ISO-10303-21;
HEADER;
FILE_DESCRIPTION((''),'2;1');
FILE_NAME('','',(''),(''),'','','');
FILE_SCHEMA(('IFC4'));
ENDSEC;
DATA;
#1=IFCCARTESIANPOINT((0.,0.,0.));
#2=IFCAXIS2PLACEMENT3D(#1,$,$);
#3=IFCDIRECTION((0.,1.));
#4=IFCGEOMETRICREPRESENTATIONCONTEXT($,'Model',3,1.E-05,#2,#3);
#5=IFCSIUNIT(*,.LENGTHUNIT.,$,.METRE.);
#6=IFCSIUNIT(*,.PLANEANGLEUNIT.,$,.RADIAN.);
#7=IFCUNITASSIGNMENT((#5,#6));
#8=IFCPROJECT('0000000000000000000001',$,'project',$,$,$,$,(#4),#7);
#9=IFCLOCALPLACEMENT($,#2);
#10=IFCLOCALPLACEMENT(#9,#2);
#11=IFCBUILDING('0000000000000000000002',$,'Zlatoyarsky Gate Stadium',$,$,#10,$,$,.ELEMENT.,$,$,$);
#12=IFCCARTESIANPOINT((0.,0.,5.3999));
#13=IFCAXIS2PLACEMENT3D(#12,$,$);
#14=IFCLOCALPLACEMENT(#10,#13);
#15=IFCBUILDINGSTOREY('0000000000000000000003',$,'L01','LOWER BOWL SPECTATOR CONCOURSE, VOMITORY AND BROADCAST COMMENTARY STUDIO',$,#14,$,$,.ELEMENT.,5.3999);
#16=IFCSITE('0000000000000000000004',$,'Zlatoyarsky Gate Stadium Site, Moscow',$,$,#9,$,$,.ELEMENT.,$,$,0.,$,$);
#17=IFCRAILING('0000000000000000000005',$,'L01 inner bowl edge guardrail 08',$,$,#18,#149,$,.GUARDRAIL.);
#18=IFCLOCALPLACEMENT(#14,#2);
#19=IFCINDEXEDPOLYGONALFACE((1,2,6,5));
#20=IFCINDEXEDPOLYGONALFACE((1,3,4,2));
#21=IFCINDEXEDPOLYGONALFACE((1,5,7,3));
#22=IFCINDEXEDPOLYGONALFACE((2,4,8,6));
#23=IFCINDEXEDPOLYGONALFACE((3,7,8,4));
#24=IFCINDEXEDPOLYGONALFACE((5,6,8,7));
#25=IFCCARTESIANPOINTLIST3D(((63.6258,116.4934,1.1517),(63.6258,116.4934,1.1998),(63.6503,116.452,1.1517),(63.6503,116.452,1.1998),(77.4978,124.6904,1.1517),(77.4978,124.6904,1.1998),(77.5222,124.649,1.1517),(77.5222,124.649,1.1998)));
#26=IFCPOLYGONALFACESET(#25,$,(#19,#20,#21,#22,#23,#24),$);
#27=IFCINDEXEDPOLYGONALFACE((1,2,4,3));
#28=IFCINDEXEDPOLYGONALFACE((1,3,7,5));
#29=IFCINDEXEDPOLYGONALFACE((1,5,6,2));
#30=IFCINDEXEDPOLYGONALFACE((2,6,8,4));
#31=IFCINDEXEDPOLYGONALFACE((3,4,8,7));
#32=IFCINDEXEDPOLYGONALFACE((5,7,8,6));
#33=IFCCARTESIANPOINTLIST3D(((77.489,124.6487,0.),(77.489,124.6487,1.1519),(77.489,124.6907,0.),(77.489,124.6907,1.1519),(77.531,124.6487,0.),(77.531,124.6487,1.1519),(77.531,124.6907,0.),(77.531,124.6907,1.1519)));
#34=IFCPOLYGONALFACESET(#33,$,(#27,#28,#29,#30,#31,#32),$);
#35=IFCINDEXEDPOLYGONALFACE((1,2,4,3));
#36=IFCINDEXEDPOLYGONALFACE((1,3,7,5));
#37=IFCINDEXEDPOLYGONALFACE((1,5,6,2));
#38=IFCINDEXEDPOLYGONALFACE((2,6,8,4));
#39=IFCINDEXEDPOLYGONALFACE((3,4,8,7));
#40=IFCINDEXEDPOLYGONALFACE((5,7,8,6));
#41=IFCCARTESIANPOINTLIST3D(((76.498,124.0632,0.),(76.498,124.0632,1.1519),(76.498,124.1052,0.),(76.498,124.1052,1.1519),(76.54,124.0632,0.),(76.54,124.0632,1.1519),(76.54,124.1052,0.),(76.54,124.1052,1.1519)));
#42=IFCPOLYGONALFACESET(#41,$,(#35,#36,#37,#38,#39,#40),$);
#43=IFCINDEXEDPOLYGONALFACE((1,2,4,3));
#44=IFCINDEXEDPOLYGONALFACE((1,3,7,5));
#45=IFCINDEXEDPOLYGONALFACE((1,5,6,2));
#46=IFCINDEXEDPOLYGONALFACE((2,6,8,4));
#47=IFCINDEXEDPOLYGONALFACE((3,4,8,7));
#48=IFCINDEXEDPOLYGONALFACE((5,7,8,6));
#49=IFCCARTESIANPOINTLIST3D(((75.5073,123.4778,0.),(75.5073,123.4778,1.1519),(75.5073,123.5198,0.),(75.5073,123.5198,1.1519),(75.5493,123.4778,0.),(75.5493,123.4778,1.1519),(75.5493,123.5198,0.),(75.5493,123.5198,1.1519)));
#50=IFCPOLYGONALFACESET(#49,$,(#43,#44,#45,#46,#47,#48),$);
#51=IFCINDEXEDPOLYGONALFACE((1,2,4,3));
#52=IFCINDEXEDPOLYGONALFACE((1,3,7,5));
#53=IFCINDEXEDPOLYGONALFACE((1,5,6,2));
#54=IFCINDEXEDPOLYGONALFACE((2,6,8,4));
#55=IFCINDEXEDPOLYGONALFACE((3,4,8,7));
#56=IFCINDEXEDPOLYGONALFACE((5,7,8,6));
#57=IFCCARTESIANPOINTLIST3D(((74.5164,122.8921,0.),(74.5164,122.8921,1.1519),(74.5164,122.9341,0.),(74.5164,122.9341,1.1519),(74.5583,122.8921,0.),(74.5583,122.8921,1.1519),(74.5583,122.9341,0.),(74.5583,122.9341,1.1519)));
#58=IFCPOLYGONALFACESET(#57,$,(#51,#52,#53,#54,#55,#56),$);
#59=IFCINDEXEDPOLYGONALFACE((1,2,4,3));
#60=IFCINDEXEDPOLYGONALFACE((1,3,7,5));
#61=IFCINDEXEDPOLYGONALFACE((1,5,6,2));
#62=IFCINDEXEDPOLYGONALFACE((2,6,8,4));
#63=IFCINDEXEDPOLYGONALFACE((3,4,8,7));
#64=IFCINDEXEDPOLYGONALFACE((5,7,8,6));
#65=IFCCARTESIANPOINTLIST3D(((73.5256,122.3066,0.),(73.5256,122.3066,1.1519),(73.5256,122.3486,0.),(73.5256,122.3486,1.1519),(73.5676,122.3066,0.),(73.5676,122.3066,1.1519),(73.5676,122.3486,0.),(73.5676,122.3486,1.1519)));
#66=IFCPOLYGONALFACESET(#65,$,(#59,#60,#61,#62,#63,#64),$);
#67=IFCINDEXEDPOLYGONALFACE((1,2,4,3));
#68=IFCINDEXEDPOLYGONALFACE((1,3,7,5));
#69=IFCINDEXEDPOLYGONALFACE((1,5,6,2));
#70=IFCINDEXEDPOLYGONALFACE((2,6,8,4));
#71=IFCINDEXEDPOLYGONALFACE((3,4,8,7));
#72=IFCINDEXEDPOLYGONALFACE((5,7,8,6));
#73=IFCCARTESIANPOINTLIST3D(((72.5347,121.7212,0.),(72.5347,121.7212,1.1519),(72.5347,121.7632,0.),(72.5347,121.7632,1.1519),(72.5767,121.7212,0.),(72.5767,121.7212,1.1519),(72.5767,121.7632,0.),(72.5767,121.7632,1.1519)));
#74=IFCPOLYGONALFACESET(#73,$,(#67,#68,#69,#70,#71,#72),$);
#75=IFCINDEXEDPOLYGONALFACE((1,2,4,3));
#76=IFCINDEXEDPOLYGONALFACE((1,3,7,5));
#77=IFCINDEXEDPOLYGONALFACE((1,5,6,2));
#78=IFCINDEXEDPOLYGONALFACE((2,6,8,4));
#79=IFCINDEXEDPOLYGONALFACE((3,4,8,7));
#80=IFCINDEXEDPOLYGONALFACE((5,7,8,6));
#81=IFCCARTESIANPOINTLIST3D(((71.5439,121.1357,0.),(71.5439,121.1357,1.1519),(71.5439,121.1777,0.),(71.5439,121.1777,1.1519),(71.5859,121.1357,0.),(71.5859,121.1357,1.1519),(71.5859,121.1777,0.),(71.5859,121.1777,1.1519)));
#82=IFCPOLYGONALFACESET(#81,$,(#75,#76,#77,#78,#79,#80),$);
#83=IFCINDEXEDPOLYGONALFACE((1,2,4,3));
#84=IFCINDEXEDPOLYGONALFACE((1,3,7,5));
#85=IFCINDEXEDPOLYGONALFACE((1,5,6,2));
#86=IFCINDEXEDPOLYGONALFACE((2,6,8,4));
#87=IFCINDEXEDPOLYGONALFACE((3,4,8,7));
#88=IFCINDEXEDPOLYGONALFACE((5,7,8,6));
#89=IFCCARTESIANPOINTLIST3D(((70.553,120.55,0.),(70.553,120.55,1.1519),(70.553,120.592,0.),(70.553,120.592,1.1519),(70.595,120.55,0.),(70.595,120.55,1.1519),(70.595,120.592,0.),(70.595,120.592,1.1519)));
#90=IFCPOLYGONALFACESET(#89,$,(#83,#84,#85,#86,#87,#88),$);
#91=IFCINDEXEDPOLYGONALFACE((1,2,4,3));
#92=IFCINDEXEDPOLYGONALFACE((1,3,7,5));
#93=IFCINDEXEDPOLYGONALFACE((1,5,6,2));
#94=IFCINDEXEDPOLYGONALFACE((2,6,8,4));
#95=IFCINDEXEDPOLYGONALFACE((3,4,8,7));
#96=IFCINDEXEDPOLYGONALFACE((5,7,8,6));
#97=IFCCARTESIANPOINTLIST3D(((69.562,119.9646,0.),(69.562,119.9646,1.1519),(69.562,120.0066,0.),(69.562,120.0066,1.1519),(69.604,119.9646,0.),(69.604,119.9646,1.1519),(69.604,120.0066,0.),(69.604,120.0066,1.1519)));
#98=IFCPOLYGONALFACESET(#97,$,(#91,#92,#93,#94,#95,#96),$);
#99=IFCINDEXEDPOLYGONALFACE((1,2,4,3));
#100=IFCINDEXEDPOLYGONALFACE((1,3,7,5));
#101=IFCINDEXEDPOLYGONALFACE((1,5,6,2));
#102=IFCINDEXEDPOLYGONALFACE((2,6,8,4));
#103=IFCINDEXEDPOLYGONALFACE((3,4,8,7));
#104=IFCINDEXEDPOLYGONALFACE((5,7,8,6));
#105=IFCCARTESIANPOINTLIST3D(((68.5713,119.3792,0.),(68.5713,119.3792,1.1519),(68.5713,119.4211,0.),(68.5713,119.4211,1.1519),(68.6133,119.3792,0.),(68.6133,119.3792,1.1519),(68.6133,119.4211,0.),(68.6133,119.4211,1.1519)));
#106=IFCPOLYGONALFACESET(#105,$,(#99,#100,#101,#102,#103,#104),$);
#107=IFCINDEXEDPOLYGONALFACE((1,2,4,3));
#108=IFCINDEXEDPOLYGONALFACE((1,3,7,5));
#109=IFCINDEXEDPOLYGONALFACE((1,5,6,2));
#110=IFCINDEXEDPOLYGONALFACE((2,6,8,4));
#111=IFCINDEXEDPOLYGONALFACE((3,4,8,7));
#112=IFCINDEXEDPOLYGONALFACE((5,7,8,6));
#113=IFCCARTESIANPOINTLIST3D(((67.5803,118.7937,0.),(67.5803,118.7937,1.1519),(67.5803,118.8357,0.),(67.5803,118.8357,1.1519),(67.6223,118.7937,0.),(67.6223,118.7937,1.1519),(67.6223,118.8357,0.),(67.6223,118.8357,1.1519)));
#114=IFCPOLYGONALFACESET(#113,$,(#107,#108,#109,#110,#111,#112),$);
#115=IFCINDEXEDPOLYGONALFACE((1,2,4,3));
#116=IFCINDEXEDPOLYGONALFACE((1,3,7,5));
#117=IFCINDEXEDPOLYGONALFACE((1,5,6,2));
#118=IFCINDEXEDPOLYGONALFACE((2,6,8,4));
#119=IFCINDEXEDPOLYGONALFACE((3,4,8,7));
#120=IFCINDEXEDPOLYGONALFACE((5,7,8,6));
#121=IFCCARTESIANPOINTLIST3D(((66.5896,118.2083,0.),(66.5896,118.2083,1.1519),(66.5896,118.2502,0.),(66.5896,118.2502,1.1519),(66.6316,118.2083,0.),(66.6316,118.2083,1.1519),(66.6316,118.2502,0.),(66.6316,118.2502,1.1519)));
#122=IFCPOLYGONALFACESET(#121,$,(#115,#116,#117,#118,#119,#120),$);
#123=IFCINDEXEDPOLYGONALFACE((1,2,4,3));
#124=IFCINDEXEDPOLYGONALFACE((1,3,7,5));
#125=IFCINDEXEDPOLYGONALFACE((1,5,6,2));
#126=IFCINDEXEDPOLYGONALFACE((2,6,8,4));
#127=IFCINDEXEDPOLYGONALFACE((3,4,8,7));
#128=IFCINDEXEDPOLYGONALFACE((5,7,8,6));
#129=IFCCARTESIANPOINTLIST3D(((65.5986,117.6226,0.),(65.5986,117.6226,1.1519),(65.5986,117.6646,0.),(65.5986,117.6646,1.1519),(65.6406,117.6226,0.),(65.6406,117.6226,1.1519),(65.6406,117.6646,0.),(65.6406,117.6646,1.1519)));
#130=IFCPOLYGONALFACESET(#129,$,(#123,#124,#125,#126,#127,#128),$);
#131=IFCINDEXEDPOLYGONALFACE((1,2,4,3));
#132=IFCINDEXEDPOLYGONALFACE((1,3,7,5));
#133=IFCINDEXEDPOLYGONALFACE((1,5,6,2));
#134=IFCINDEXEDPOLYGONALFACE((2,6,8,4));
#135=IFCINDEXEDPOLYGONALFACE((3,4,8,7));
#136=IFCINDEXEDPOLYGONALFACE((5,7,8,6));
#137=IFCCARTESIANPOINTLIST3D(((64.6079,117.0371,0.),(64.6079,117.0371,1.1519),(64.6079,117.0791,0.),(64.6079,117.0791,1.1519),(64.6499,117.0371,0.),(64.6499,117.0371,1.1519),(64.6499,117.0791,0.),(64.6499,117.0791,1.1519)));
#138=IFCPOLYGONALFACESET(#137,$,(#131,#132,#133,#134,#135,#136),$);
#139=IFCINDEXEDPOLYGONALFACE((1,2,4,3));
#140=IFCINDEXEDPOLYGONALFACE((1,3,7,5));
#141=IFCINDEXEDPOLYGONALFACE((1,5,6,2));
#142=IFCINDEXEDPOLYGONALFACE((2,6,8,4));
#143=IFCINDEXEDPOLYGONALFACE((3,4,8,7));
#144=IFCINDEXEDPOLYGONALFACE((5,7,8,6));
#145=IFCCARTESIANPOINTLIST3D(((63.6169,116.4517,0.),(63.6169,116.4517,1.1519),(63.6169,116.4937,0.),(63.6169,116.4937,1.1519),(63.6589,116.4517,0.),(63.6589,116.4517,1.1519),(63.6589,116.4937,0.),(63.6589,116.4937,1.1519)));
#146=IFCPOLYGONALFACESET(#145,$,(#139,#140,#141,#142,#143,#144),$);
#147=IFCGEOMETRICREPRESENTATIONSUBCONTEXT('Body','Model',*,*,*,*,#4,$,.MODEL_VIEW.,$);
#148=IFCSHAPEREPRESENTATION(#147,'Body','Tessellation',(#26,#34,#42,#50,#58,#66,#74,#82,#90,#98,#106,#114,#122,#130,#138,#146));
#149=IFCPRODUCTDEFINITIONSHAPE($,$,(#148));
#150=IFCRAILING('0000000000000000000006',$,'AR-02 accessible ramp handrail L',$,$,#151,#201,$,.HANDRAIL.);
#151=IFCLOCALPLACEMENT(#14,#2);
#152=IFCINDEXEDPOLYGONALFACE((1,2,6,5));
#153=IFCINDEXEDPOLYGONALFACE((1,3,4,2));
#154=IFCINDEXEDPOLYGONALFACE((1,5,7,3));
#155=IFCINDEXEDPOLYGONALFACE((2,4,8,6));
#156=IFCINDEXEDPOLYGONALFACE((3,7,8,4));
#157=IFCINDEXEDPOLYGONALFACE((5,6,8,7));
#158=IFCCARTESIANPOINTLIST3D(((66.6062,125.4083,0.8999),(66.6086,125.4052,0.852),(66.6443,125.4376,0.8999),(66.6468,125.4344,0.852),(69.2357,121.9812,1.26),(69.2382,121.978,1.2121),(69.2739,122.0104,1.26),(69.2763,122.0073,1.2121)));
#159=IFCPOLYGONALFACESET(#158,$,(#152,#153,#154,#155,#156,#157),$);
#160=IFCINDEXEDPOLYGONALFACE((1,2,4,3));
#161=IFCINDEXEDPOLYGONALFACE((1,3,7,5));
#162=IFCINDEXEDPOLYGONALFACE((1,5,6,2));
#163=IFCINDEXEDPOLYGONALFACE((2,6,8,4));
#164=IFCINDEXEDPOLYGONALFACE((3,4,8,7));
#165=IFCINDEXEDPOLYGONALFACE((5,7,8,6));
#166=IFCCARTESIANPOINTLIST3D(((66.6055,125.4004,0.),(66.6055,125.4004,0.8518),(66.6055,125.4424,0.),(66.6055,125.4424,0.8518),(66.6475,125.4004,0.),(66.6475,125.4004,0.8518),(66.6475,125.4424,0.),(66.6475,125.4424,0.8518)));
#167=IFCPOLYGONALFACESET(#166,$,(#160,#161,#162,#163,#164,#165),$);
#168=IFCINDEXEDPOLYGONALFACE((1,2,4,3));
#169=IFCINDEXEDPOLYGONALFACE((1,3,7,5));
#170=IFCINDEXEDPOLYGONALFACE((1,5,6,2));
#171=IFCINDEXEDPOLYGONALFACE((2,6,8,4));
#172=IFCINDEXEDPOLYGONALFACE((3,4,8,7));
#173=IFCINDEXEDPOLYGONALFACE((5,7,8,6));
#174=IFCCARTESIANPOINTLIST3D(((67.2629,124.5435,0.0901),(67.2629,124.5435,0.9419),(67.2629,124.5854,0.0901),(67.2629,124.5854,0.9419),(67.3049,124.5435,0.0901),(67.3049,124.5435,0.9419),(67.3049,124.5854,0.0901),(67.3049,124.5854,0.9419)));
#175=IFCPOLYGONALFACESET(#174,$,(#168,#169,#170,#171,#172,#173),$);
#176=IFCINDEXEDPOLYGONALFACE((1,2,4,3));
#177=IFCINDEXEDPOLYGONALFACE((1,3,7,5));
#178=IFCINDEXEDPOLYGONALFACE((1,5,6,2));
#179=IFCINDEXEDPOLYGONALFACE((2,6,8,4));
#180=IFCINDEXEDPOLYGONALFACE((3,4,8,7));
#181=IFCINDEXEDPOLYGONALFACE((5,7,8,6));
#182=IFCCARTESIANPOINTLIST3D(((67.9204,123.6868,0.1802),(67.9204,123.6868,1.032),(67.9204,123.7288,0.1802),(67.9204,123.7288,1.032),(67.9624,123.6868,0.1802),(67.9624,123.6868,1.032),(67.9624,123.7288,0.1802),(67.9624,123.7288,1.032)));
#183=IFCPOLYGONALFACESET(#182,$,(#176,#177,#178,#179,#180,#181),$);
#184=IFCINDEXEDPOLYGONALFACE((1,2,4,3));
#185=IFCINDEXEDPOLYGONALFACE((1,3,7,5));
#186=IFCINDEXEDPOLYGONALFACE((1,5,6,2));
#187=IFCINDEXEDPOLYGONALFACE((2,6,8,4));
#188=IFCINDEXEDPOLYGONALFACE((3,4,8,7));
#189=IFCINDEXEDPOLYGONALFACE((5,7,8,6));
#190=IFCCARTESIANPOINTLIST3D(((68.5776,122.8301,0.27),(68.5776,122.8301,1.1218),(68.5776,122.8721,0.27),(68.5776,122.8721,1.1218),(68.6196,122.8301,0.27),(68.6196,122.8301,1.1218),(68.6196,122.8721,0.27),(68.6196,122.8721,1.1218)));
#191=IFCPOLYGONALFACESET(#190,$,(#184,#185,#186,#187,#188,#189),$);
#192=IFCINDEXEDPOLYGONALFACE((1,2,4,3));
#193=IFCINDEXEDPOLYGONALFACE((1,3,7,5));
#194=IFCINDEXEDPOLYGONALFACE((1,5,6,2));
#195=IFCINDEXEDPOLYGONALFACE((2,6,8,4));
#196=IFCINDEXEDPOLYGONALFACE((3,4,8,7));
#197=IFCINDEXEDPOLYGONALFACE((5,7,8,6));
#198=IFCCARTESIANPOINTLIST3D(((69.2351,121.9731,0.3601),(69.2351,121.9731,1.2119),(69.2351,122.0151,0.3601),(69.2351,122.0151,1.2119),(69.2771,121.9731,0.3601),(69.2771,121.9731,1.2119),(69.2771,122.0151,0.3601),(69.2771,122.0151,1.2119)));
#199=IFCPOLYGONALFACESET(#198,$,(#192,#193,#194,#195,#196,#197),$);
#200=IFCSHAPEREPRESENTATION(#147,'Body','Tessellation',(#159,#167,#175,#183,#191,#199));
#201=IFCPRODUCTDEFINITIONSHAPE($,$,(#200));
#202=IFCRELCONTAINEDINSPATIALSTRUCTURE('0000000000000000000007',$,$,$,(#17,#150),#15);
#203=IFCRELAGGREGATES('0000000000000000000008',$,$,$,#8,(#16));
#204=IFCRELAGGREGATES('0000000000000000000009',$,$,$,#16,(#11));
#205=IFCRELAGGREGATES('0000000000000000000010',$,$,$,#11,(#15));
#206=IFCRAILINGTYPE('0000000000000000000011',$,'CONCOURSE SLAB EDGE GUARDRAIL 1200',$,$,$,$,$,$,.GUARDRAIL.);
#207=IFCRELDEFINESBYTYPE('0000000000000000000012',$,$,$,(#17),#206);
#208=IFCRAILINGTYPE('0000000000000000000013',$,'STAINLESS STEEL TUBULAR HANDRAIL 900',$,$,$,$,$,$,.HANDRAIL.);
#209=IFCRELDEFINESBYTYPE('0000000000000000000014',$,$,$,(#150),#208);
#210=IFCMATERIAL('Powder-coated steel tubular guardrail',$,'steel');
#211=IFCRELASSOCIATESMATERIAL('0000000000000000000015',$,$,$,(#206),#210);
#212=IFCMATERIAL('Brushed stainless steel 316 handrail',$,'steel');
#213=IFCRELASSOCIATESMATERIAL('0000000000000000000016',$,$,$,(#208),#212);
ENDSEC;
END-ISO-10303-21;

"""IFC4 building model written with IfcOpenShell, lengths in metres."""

from ifc_helpers import new_model, si_unit, direction, frame, origin, origin_2d, place, context, subcontext, project, spatial, rectangle, extrude, material, type_object, element, save


model = new_model("IFC4")

# Units and contexts
model_context = context("Model", 3, precision=1e-05, world=origin(), true_north=direction((0.0, 1.0)))
body_context = subcontext(model_context, "Body", "Model", "MODEL_VIEW")
ifc_project = project(units=[si_unit("LENGTHUNIT", "METRE"), si_unit("PLANEANGLEUNIT", "RADIAN")], contexts=[model_context])

# Site, building, storey
site_placement = place(None, origin())
site = spatial("IfcSite", under=ifc_project, at=site_placement, Name="Zlatoyarsky Gate Stadium Site, Moscow", CompositionType="ELEMENT", RefElevation=0.0)
building_placement = place(site_placement, origin())
building = spatial("IfcBuilding", under=site, at=building_placement, Name="Zlatoyarsky Gate Stadium", CompositionType="ELEMENT")
storey_placement = place(building_placement, frame((0.0, 0.0, 5.3999)))
storey = spatial("IfcBuildingStorey", under=building, at=storey_placement, Name="L01", Description="LOWER BOWL SPECTATOR CONCOURSE, VOMITORY AND BROADCAST COMMENTARY STUDIO", CompositionType="ELEMENT", Elevation=5.3999)

# Railings
ifc_material_1 = material(Name="Powder-coated steel tubular guardrail", Category="steel")
railing_type_1 = type_object("IfcRailingType", Name="CONCOURSE SLAB EDGE GUARDRAIL 1200", PredefinedType="GUARDRAIL", material=ifc_material_1)
railing_1_placement = place(storey_placement, frame((77.51, 124.6697, 0.0)))
element("IfcRailing", 1, at=railing_1_placement, inside=storey, type_object=railing_type_1, Name="L01 inner bowl edge guardrail 08", PredefinedType="GUARDRAIL", context=body_context, shape_type="SweptSolid", body=[
    extrude(rectangle(XDim=0.0481, YDim=0.0481, at=origin_2d()), frame((0.0, 0.0, 1.1758), z_axis=(-0.86093, -0.508724, 0.0), x_axis=(0.508724, -0.86093, 0.0)), (0.0, 0.0, 1.0), 16.1128),
    extrude(rectangle(XDim=0.042, YDim=0.042, at=origin_2d()), origin(), (0.0, 0.0, 1.0), 1.1519),
    extrude(rectangle(XDim=0.042, YDim=0.042, at=origin_2d()), frame((-0.991, -0.5854, 0.0)), (0.0, 0.0, 1.0), 1.1519),
    extrude(rectangle(XDim=0.042, YDim=0.042, at=origin_2d()), frame((-1.9817, -1.1709, 0.0)), (0.0, 0.0, 1.0), 1.1519),
    extrude(rectangle(XDim=0.042, YDim=0.042, at=origin_2d()), frame((-2.9727, -1.7566, 0.0)), (0.0, 0.0, 1.0), 1.1519),
    extrude(rectangle(XDim=0.042, YDim=0.042, at=origin_2d()), frame((-3.9634, -2.342, 0.0)), (0.0, 0.0, 1.0), 1.1519),
    extrude(rectangle(XDim=0.042, YDim=0.042, at=origin_2d()), frame((-4.9543, -2.9275, 0.0)), (0.0, 0.0, 1.0), 1.1519),
    extrude(rectangle(XDim=0.042, YDim=0.042, at=origin_2d()), frame((-5.9451, -3.5129, 0.0)), (0.0, 0.0, 1.0), 1.1519),
    extrude(rectangle(XDim=0.042, YDim=0.042, at=origin_2d()), frame((-6.936, -4.0986, 0.0)), (0.0, 0.0, 1.0), 1.1519),
    extrude(rectangle(XDim=0.042, YDim=0.042, at=origin_2d()), frame((-7.927, -4.6841, 0.0)), (0.0, 0.0, 1.0), 1.1519),
    extrude(rectangle(XDim=0.042, YDim=0.042, at=origin_2d()), frame((-8.9177, -5.2695, 0.0)), (0.0, 0.0, 1.0), 1.1519),
    extrude(rectangle(XDim=0.042, YDim=0.042, at=origin_2d()), frame((-9.9087, -5.855, 0.0)), (0.0, 0.0, 1.0), 1.1519),
    extrude(rectangle(XDim=0.042, YDim=0.042, at=origin_2d()), frame((-10.8994, -6.4404, 0.0)), (0.0, 0.0, 1.0), 1.1519),
    extrude(rectangle(XDim=0.042, YDim=0.042, at=origin_2d()), frame((-11.8904, -7.0261, 0.0)), (0.0, 0.0, 1.0), 1.1519),
    extrude(rectangle(XDim=0.042, YDim=0.042, at=origin_2d()), frame((-12.8811, -7.6116, 0.0)), (0.0, 0.0, 1.0), 1.1519),
    extrude(rectangle(XDim=0.042, YDim=0.042, at=origin_2d()), frame((-13.8721, -8.197, 0.0)), (0.0, 0.0, 1.0), 1.1519),
])
ifc_material_2 = material(Name="Brushed stainless steel 316 handrail", Category="steel")
railing_type_2 = type_object("IfcRailingType", Name="STAINLESS STEEL TUBULAR HANDRAIL 900", PredefinedType="HANDRAIL", material=ifc_material_2)
railing_2_placement = place(storey_placement, frame((66.6265, 125.4214, 0.0)))
element("IfcRailing", 2, at=railing_2_placement, inside=storey, type_object=railing_type_2, Name="AR-02 accessible ramp handrail L", PredefinedType="HANDRAIL", context=body_context, shape_type="SweptSolid", body=[
    extrude(rectangle(XDim=0.0481, YDim=0.0481, at=origin_2d()), frame((0.0, 0.0, 0.876), z_axis=(0.606631, -0.790631, 0.083073), x_axis=(0.793373, 0.608735, 0.0)), (0.0, 0.0, 1.0), 4.3347),
    extrude(rectangle(XDim=0.042, YDim=0.042, at=origin_2d()), origin(), (0.0, 0.0, 1.0), 0.8518),
    extrude(rectangle(XDim=0.042, YDim=0.042, at=origin_2d()), frame((0.6575, -0.8569, 0.0901)), (0.0, 0.0, 1.0), 0.8518),
    extrude(rectangle(XDim=0.042, YDim=0.042, at=origin_2d()), frame((1.3149, -1.7136, 0.1802)), (0.0, 0.0, 1.0), 0.8518),
    extrude(rectangle(XDim=0.042, YDim=0.042, at=origin_2d()), frame((1.9722, -2.5703, 0.27)), (0.0, 0.0, 1.0), 0.8518),
    extrude(rectangle(XDim=0.042, YDim=0.042, at=origin_2d()), frame((2.6296, -3.4272, 0.3601)), (0.0, 0.0, 1.0), 0.8518),
])

save(model, "model.ifc")
